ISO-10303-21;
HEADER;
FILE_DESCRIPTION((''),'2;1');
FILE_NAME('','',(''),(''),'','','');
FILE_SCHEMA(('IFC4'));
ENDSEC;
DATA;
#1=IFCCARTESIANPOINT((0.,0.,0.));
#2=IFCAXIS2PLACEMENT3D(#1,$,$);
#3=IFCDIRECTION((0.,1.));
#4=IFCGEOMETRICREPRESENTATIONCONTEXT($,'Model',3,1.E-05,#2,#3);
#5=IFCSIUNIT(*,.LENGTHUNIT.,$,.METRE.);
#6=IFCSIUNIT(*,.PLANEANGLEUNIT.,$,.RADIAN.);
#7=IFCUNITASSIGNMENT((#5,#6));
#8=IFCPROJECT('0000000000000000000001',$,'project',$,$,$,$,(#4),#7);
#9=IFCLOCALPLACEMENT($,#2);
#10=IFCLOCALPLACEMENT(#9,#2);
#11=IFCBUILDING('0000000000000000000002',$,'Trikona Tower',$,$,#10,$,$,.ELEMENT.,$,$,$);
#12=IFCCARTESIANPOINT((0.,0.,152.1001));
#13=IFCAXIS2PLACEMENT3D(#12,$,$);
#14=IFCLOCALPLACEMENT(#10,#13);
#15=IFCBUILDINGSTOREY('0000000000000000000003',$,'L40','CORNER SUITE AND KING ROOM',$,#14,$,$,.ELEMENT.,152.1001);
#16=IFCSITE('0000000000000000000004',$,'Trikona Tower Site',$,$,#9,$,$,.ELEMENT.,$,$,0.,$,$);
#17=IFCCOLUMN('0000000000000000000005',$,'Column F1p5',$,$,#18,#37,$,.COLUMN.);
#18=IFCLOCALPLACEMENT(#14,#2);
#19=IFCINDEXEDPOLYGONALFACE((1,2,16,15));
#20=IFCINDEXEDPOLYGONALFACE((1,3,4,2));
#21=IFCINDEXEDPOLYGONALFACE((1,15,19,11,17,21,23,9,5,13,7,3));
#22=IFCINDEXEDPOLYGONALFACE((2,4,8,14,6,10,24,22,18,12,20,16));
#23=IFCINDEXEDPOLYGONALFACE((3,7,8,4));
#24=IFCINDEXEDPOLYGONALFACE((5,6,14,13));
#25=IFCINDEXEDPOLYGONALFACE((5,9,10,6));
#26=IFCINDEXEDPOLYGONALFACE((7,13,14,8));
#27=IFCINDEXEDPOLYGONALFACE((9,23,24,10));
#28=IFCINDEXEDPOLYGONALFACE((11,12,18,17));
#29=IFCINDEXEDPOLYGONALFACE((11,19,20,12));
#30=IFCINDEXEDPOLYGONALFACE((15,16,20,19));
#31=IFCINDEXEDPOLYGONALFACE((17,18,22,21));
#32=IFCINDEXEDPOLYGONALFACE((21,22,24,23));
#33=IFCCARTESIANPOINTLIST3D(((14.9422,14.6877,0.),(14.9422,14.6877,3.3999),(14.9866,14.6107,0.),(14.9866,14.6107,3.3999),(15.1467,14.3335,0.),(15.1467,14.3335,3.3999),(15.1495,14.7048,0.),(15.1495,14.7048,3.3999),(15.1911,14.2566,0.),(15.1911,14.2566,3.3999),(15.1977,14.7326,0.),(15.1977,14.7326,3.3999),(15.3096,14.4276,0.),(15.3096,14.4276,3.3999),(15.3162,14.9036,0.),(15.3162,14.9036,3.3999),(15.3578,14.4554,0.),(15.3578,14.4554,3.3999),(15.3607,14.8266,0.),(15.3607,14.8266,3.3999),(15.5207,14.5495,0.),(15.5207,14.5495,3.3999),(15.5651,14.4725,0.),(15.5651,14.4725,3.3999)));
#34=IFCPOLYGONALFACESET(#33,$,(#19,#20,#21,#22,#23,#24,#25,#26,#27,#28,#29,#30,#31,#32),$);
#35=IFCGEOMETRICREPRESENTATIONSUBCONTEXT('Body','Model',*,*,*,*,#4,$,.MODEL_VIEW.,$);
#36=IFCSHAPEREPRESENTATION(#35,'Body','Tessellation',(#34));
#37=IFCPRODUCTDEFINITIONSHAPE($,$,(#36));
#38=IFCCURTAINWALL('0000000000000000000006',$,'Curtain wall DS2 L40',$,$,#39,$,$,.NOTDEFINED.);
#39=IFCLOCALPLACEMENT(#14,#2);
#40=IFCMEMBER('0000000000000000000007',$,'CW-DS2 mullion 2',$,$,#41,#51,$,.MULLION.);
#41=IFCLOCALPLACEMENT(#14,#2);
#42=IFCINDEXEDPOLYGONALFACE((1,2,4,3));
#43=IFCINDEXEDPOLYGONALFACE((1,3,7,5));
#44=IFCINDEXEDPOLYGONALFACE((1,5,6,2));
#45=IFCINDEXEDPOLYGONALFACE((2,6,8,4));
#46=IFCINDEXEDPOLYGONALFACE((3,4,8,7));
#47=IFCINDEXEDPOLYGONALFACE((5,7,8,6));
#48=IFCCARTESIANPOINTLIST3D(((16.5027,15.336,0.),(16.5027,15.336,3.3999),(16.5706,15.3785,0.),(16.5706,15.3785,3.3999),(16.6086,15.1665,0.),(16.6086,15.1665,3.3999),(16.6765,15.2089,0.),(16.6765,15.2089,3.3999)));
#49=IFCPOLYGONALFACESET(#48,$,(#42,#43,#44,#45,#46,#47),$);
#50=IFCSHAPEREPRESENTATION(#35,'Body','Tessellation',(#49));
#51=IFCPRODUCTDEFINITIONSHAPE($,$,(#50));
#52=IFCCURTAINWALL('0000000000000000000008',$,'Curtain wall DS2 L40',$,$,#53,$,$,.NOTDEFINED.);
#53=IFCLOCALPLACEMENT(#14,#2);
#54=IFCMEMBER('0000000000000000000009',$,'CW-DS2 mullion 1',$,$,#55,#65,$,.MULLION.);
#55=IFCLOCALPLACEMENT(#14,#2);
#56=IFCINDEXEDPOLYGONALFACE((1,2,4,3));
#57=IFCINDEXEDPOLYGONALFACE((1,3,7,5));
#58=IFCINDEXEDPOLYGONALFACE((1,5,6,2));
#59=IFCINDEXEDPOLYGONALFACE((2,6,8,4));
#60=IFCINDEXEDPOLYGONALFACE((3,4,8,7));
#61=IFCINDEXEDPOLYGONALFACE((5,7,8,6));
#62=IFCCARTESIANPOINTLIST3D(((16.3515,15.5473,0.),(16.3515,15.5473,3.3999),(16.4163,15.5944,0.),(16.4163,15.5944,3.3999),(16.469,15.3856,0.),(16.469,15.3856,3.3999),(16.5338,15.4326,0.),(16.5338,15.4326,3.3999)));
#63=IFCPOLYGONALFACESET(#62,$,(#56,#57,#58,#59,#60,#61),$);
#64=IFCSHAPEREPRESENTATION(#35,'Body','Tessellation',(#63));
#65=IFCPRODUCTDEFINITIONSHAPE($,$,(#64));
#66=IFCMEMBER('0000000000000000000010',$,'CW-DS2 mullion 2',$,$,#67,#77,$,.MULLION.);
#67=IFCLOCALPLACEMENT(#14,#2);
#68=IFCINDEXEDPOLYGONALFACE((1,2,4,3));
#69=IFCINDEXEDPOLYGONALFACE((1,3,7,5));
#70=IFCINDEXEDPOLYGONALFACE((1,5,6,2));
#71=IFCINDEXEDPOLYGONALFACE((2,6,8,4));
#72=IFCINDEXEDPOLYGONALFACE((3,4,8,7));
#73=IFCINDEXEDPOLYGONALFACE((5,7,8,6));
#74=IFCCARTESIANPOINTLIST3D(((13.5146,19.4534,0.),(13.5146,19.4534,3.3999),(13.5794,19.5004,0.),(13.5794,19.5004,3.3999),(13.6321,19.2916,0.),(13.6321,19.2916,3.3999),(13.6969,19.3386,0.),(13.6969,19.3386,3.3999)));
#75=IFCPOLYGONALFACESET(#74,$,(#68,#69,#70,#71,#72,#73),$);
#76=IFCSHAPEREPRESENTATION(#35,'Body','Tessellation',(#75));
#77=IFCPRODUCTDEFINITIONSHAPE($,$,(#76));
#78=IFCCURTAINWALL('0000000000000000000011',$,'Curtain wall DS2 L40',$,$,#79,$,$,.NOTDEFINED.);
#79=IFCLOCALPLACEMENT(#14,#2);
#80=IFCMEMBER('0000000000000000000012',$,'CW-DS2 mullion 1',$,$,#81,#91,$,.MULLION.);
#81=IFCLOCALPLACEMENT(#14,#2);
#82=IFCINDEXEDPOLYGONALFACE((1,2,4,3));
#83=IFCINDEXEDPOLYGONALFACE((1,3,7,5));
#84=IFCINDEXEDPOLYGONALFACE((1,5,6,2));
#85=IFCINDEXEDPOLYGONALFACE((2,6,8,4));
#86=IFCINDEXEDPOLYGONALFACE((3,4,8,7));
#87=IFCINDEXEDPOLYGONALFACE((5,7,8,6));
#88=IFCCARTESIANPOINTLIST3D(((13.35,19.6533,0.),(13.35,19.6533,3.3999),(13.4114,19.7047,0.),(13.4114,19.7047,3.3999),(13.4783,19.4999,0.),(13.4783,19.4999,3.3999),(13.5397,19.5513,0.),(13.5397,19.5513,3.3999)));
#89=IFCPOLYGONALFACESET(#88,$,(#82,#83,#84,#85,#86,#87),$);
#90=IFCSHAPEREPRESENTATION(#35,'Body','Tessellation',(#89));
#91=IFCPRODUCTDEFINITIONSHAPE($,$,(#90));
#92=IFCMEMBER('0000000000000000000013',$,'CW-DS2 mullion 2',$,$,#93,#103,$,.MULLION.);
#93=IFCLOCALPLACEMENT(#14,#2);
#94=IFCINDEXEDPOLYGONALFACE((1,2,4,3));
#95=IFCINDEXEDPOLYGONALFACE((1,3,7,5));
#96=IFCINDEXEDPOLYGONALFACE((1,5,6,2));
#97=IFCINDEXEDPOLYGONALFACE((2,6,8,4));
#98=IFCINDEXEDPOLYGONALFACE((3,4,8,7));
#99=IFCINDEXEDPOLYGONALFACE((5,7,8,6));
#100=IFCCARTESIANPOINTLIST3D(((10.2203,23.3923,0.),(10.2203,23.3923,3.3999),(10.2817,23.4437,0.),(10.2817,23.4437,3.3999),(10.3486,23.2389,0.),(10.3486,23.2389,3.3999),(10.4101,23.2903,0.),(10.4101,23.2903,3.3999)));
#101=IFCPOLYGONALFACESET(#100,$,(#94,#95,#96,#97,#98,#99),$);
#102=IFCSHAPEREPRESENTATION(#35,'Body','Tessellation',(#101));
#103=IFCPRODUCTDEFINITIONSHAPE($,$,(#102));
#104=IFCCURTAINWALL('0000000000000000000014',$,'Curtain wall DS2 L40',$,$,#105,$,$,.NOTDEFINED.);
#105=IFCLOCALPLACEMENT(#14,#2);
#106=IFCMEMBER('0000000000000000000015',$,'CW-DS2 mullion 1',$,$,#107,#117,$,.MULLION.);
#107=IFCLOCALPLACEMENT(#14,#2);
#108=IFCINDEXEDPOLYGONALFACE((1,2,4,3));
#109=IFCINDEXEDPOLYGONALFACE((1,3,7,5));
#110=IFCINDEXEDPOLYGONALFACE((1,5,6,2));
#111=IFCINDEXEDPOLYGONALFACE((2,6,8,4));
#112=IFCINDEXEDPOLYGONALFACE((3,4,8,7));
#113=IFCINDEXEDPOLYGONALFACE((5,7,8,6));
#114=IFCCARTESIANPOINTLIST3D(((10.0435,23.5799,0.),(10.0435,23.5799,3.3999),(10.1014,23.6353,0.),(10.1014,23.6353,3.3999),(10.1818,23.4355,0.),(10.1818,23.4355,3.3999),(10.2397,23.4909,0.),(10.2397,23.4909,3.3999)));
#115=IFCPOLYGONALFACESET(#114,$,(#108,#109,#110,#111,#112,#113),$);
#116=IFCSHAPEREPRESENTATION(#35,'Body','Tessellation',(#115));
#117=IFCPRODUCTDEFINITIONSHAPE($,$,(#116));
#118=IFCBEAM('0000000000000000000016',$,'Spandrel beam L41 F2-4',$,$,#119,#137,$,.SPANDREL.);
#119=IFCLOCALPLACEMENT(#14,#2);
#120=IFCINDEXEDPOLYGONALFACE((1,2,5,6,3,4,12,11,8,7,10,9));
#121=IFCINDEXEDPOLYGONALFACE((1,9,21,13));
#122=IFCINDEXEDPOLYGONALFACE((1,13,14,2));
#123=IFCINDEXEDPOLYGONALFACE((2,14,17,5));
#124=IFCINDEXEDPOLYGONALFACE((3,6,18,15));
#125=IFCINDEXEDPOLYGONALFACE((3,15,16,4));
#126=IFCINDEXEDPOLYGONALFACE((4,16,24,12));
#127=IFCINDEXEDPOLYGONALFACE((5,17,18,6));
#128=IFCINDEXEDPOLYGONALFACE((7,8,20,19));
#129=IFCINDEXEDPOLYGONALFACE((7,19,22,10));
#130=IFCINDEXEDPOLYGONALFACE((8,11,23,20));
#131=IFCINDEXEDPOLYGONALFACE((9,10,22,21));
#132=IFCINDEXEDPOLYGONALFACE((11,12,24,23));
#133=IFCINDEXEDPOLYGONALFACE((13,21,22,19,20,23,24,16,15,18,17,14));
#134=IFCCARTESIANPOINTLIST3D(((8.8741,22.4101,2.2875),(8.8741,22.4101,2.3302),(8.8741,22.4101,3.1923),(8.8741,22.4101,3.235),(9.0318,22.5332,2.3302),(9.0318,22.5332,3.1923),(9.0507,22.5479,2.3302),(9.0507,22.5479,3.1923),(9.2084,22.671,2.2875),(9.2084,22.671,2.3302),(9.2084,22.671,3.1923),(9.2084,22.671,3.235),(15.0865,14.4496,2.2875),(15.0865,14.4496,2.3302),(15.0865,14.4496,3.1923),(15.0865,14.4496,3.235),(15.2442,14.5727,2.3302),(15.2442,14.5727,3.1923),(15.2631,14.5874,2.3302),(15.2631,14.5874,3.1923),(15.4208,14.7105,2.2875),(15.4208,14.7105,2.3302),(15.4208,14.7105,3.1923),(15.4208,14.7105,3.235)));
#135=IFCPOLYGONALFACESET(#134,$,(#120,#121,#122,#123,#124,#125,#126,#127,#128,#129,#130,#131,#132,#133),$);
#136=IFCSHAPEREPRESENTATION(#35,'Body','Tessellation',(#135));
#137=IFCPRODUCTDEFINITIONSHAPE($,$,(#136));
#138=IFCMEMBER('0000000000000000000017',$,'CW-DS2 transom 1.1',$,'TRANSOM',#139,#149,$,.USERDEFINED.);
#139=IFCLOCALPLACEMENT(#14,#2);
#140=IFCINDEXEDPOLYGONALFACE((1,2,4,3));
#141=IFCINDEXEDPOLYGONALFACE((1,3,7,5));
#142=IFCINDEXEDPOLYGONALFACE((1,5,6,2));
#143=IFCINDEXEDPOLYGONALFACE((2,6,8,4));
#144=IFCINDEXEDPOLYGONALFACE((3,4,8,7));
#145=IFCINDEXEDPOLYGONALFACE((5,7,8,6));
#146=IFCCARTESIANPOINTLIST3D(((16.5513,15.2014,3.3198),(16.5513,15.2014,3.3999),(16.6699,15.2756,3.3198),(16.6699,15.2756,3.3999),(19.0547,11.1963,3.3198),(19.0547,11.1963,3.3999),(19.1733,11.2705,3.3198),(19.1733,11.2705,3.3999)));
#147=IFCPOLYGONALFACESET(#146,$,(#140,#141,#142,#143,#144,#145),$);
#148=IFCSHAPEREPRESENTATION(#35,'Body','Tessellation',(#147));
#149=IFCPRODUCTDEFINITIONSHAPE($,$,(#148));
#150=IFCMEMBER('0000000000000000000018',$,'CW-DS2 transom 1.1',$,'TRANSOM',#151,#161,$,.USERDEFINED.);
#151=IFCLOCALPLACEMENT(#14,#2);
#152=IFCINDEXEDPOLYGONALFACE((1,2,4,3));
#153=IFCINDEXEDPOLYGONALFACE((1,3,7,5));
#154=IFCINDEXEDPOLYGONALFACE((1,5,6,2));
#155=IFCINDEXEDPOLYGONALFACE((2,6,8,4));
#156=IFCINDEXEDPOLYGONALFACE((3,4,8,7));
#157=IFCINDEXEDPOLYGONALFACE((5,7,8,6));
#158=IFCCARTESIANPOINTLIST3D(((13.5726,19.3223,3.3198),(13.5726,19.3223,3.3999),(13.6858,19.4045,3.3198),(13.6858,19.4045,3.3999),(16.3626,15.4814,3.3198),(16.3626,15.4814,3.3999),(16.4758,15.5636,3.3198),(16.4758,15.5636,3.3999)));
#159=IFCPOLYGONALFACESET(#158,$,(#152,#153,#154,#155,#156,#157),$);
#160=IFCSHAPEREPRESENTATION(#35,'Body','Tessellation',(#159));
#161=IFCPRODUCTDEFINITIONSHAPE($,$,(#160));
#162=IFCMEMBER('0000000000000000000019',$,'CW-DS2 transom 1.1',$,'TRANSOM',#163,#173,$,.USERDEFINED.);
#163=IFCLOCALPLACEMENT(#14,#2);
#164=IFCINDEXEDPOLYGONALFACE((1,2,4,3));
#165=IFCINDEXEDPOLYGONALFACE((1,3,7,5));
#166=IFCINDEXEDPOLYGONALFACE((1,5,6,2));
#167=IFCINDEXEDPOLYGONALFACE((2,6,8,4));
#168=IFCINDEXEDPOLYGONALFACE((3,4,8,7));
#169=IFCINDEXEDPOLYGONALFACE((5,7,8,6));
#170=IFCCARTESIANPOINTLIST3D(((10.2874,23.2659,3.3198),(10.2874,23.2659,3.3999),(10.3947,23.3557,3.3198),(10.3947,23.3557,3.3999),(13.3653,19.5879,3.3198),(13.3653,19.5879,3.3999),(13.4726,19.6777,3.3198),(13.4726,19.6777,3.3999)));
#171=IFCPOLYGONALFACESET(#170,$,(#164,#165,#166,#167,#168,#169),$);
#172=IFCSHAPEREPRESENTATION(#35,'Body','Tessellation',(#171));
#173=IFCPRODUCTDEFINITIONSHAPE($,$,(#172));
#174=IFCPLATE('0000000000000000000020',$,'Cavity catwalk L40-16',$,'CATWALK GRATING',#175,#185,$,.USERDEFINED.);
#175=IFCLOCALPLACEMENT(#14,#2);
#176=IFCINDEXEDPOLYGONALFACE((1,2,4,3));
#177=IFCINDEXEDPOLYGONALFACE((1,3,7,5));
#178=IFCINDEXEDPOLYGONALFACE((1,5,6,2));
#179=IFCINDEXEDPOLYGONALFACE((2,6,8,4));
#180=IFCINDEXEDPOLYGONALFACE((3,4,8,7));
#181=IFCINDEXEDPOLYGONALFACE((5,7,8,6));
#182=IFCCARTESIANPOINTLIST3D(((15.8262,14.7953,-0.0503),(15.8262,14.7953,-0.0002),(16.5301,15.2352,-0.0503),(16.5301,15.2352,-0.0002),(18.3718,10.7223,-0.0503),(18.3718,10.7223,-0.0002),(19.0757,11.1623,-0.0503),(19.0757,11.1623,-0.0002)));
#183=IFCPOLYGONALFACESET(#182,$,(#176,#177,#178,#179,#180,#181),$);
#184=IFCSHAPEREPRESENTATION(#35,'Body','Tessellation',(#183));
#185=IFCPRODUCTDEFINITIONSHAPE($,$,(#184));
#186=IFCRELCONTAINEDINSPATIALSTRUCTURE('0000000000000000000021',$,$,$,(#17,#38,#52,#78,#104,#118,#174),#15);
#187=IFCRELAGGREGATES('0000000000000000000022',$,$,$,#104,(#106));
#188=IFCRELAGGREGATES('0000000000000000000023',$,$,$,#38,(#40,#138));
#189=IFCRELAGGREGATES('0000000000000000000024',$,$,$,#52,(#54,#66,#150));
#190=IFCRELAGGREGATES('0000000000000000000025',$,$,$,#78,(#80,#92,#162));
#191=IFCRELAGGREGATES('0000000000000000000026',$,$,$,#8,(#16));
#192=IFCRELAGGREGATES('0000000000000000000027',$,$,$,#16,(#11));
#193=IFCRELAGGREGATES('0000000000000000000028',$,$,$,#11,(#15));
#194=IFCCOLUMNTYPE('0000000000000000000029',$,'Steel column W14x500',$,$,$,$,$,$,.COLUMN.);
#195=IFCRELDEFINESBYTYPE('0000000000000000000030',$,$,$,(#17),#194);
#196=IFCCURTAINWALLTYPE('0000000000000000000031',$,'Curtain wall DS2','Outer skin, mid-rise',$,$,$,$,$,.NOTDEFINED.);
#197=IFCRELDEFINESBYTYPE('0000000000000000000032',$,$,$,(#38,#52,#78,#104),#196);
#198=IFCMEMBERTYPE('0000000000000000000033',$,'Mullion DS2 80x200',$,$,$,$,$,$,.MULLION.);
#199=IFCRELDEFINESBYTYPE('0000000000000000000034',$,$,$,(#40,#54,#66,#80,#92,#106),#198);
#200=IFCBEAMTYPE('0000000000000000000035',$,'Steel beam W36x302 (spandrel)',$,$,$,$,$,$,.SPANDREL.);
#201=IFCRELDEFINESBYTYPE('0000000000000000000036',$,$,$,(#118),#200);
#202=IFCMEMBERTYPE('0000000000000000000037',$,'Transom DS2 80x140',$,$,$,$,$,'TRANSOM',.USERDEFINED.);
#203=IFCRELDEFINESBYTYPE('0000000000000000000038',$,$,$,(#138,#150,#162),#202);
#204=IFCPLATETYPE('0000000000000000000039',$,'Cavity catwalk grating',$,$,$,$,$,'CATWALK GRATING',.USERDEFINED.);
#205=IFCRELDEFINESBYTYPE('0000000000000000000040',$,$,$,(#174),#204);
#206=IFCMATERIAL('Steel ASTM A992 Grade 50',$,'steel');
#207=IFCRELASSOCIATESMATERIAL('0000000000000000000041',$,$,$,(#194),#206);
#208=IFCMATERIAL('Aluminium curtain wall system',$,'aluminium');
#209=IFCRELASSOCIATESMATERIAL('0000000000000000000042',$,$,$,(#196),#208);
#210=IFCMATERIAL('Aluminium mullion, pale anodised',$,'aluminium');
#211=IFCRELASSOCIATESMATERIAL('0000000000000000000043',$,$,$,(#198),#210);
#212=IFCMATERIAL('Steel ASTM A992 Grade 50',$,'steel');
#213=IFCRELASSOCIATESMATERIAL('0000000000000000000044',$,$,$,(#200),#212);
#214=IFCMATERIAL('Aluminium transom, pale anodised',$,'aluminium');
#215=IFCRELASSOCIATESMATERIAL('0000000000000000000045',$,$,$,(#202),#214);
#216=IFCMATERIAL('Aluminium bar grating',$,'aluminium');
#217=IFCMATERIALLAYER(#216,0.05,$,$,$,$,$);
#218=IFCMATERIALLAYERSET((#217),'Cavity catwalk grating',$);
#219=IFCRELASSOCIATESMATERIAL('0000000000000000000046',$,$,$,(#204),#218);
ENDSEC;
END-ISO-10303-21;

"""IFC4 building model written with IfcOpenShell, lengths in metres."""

from ifc_helpers import new_model, si_unit, direction, frame, origin, origin_2d, place, context, subcontext, project, spatial, rectangle, i_section, extrude, material, layer, layer_set, material_profile, profile_set, type_object, element, aggregate, save


model = new_model("IFC4")

# Units and contexts
model_context = context("Model", 3, precision=1e-05, world=origin(), true_north=direction((0.0, 1.0)))
body_context = subcontext(model_context, "Body", "Model", "MODEL_VIEW")
ifc_project = project(units=[si_unit("LENGTHUNIT", "METRE"), si_unit("PLANEANGLEUNIT", "RADIAN")], contexts=[model_context])

# Site, building, storey
site_placement = place(None, origin())
site = spatial("IfcSite", under=ifc_project, at=site_placement, Name="Trikona Tower Site", CompositionType="ELEMENT", RefElevation=0.0)
building_placement = place(site_placement, origin())
building = spatial("IfcBuilding", under=site, at=building_placement, Name="Trikona Tower", CompositionType="ELEMENT")
storey_placement = place(building_placement, frame((0.0, 0.0, 152.1001)))
storey = spatial("IfcBuildingStorey", under=building, at=storey_placement, Name="L40", Description="CORNER SUITE AND KING ROOM", CompositionType="ELEMENT", Elevation=152.1001)

# Column
ifc_material_1 = material(Name="Steel ASTM A992 Grade 50", Category="steel")
ifc_material_profile_1 = material_profile(ifc_material_1, i_section(OverallWidth=0.4319, OverallDepth=0.4978, WebThickness=0.0557, FlangeThickness=0.0889, at=origin_2d()), Name="W14X500")
ifc_profile_set_1 = profile_set([ifc_material_profile_1], Name="Steel ASTM A992 Grade 50")
column_type = type_object("IfcColumnType", Name="Steel column W14x500", PredefinedType="COLUMN", material=ifc_profile_set_1)
column_placement = place(storey_placement, frame((15.2537, 14.5801, 0.0), z_axis=(0.0, 0.0, 1.0), x_axis=(0.866025, 0.5, 0.0)))
element("IfcColumn", 1, at=column_placement, inside=storey, type_object=column_type, Name="Column F1p5", PredefinedType="COLUMN", context=body_context, shape_type="SweptSolid", body=[
    extrude(i_section(OverallWidth=0.4319, OverallDepth=0.4978, WebThickness=0.0557, FlangeThickness=0.0889, at=origin_2d()), origin(), (0.0, 0.0, 1.0), 3.3999),
])

# Curtain wall, member
ifc_material_2 = material(Name="Aluminium curtain wall system", Category="aluminium")
curtain_wall_type = type_object("IfcCurtainWallType", Name="Curtain wall DS2", Description="Outer skin, mid-rise", PredefinedType="NOTDEFINED", material=ifc_material_2)
curtain_wall_1_placement = place(storey_placement, origin())
curtain_wall_1 = element("IfcCurtainWall", 2, at=curtain_wall_1_placement, inside=storey, type_object=curtain_wall_type, Name="Curtain wall DS2 L40", PredefinedType="NOTDEFINED")
ifc_material_3 = material(Name="Aluminium mullion, pale anodised", Category="aluminium")
ifc_material_profile_2 = material_profile(ifc_material_3, rectangle(XDim=0.0801, YDim=0.2, at=origin_2d()), Name="MUL-DS2")
ifc_profile_set_2 = profile_set([ifc_material_profile_2], Name="Aluminium mullion, pale anodised")
member_type_1 = type_object("IfcMemberType", Name="Mullion DS2 80x200", PredefinedType="MULLION", material=ifc_profile_set_2)
member_1_placement = place(storey_placement, frame((16.5896, 15.2725, 0.0), z_axis=(0.0, 0.0, 1.0), x_axis=(-0.847998, -0.529999, 0.0)))
member_1 = element("IfcMember", 3, at=member_1_placement, type_object=member_type_1, Name="CW-DS2 mullion 2", PredefinedType="MULLION", context=body_context, shape_type="SweptSolid", body=[
    extrude(rectangle(XDim=0.0801, YDim=0.2, at=origin_2d()), origin(), (0.0, 0.0, 1.0), 3.3999),
])

# Curtain walls, members
curtain_wall_2_placement = place(storey_placement, origin())
curtain_wall_2 = element("IfcCurtainWall", 4, at=curtain_wall_2_placement, inside=storey, type_object=curtain_wall_type, Name="Curtain wall DS2 L40", PredefinedType="NOTDEFINED")
member_2_placement = place(storey_placement, frame((16.4426, 15.49, 0.0), z_axis=(0.0, 0.0, 1.0), x_axis=(-0.809086, -0.587691, 0.0)))
member_2 = element("IfcMember", 5, at=member_2_placement, type_object=member_type_1, Name="CW-DS2 mullion 1", PredefinedType="MULLION", context=body_context, shape_type="SweptSolid", body=[
    extrude(rectangle(XDim=0.0801, YDim=0.2, at=origin_2d()), origin(), (0.0, 0.0, 1.0), 3.3999),
])
member_3_placement = place(storey_placement, frame((13.6057, 19.396, 0.0), z_axis=(0.0, 0.0, 1.0), x_axis=(-0.809086, -0.587691, 0.0)))
member_3 = element("IfcMember", 6, at=member_3_placement, type_object=member_type_1, Name="CW-DS2 mullion 2", PredefinedType="MULLION", context=body_context, shape_type="SweptSolid", body=[
    extrude(rectangle(XDim=0.0801, YDim=0.2, at=origin_2d()), origin(), (0.0, 0.0, 1.0), 3.3999),
])
curtain_wall_3_placement = place(storey_placement, origin())
curtain_wall_3 = element("IfcCurtainWall", 7, at=curtain_wall_3_placement, inside=storey, type_object=curtain_wall_type, Name="Curtain wall DS2 L40", PredefinedType="NOTDEFINED")
member_4_placement = place(storey_placement, frame((13.4448, 19.6023, 0.0), z_axis=(0.0, 0.0, 1.0), x_axis=(-0.766867, -0.641806, 0.0)))
member_4 = element("IfcMember", 8, at=member_4_placement, type_object=member_type_1, Name="CW-DS2 mullion 1", PredefinedType="MULLION", context=body_context, shape_type="SweptSolid", body=[
    extrude(rectangle(XDim=0.0801, YDim=0.2, at=origin_2d()), origin(), (0.0, 0.0, 1.0), 3.3999),
])
member_5_placement = place(storey_placement, frame((10.3152, 23.3413, 0.0), z_axis=(0.0, 0.0, 1.0), x_axis=(-0.766867, -0.641806, 0.0)))
member_5 = element("IfcMember", 9, at=member_5_placement, type_object=member_type_1, Name="CW-DS2 mullion 2", PredefinedType="MULLION", context=body_context, shape_type="SweptSolid", body=[
    extrude(rectangle(XDim=0.0801, YDim=0.2, at=origin_2d()), origin(), (0.0, 0.0, 1.0), 3.3999),
])

# Curtain wall, member
curtain_wall_4_placement = place(storey_placement, origin())
curtain_wall_4 = element("IfcCurtainWall", 10, at=curtain_wall_4_placement, inside=storey, type_object=curtain_wall_type, Name="Curtain wall DS2 L40", PredefinedType="NOTDEFINED")
member_6_placement = place(storey_placement, frame((10.1416, 23.5354, 0.0), z_axis=(0.0, 0.0, 1.0), x_axis=(-0.722158, -0.691728, 0.0)))
member_6 = element("IfcMember", 11, at=member_6_placement, type_object=member_type_1, Name="CW-DS2 mullion 1", PredefinedType="MULLION", context=body_context, shape_type="SweptSolid", body=[
    extrude(rectangle(XDim=0.0801, YDim=0.2, at=origin_2d()), origin(), (0.0, 0.0, 1.0), 3.3999),
])
aggregate(curtain_wall_4, [member_6])

# Beam
ifc_material_4 = material(Name="Steel ASTM A992 Grade 50", Category="steel")
ifc_material_profile_3 = material_profile(ifc_material_4, i_section(OverallWidth=0.4241, OverallDepth=0.9475, WebThickness=0.0239, FlangeThickness=0.0427, at=origin_2d()), Name="W36X302")
ifc_profile_set_3 = profile_set([ifc_material_profile_3], Name="Steel ASTM A992 Grade 50")
beam_type = type_object("IfcBeamType", Name="Steel beam W36x302 (spandrel)", PredefinedType="SPANDREL", material=ifc_profile_set_3)
beam_placement = place(storey_placement, frame((15.2537, 14.5801, 2.7612), z_axis=(-0.615232, 0.788346, 0.0), x_axis=(-0.788346, -0.615232, 0.0)))
element("IfcBeam", 12, at=beam_placement, inside=storey, type_object=beam_type, Name="Spandrel beam L41 F2-4", PredefinedType="SPANDREL", context=body_context, shape_type="SweptSolid", body=[
    extrude(i_section(OverallWidth=0.4241, OverallDepth=0.9475, WebThickness=0.0239, FlangeThickness=0.0427, at=origin_2d()), origin(), (0.0, 0.0, 1.0), 10.0977),
])

# Members
ifc_material_5 = material(Name="Aluminium transom, pale anodised", Category="aluminium")
ifc_material_profile_4 = material_profile(ifc_material_5, rectangle(XDim=0.1399, YDim=0.0801, at=origin_2d()), Name="TRN-DS2")
ifc_profile_set_4 = profile_set([ifc_material_profile_4], Name="Aluminium transom, pale anodised")
member_type_2 = type_object("IfcMemberType", Name="Transom DS2 80x140", ElementType="TRANSOM", PredefinedType="USERDEFINED", material=ifc_profile_set_4)
member_7_placement = place(storey_placement, frame((19.114, 11.2334, 3.3599), z_axis=(-0.530031, 0.847978, 0.0), x_axis=(-0.847978, -0.530031, 0.0)))
member_7 = element("IfcMember", 13, at=member_7_placement, type_object=member_type_2, Name="CW-DS2 transom 1.1", ObjectType="TRANSOM", PredefinedType="USERDEFINED", context=body_context, shape_type="SweptSolid", body=[
    extrude(rectangle(XDim=0.1399, YDim=0.0801, at=origin_2d()), origin(), (0.0, 0.0, 1.0), 4.7231),
])
member_8_placement = place(storey_placement, frame((16.4192, 15.5225, 3.3599), z_axis=(-0.587695, 0.809083, 0.0), x_axis=(-0.809083, -0.587695, 0.0)))
member_8 = element("IfcMember", 14, at=member_8_placement, type_object=member_type_2, Name="CW-DS2 transom 1.1", ObjectType="TRANSOM", PredefinedType="USERDEFINED", context=body_context, shape_type="SweptSolid", body=[
    extrude(rectangle(XDim=0.1399, YDim=0.0801, at=origin_2d()), origin(), (0.0, 0.0, 1.0), 4.7473),
])
member_9_placement = place(storey_placement, frame((13.4189, 19.6328, 3.3599), z_axis=(-0.64177, 0.766897, 0.0), x_axis=(-0.766897, -0.64177, 0.0)))
member_9 = element("IfcMember", 15, at=member_9_placement, type_object=member_type_2, Name="CW-DS2 transom 1.1", ObjectType="TRANSOM", PredefinedType="USERDEFINED", context=body_context, shape_type="SweptSolid", body=[
    extrude(rectangle(XDim=0.1399, YDim=0.0801, at=origin_2d()), origin(), (0.0, 0.0, 1.0), 4.7959),
])

# Plate
ifc_material_6 = material(Name="Aluminium bar grating", Category="aluminium")
ifc_layer_1 = layer(ifc_material_6, 0.05)
ifc_layer_set_1 = layer_set([ifc_layer_1], Name="Cavity catwalk grating")
plate_type_1 = type_object("IfcPlateType", Name="Cavity catwalk grating", ElementType="CATWALK GRATING", PredefinedType="USERDEFINED", material=ifc_layer_set_1)
plate_1_placement = place(storey_placement, frame((17.4509, 12.9788, -0.0503), z_axis=(0.0, 0.0, 1.0), x_axis=(-0.529995, 0.848001, 0.0)))
element("IfcPlate", 16, at=plate_1_placement, inside=storey, type_object=plate_type_1, Name="Cavity catwalk L40-16", ObjectType="CATWALK GRATING", PredefinedType="USERDEFINED", context=body_context, shape_type="SweptSolid", body=[
    extrude(rectangle(XDim=4.803, YDim=0.8301, at=origin_2d()), origin(), (0.0, 0.0, 1.0), 0.05),
])

aggregate(curtain_wall_1, [member_1, member_7])
aggregate(curtain_wall_2, [member_2, member_3, member_8])
aggregate(curtain_wall_3, [member_4, member_5, member_9])

save(model, "model.ifc")
